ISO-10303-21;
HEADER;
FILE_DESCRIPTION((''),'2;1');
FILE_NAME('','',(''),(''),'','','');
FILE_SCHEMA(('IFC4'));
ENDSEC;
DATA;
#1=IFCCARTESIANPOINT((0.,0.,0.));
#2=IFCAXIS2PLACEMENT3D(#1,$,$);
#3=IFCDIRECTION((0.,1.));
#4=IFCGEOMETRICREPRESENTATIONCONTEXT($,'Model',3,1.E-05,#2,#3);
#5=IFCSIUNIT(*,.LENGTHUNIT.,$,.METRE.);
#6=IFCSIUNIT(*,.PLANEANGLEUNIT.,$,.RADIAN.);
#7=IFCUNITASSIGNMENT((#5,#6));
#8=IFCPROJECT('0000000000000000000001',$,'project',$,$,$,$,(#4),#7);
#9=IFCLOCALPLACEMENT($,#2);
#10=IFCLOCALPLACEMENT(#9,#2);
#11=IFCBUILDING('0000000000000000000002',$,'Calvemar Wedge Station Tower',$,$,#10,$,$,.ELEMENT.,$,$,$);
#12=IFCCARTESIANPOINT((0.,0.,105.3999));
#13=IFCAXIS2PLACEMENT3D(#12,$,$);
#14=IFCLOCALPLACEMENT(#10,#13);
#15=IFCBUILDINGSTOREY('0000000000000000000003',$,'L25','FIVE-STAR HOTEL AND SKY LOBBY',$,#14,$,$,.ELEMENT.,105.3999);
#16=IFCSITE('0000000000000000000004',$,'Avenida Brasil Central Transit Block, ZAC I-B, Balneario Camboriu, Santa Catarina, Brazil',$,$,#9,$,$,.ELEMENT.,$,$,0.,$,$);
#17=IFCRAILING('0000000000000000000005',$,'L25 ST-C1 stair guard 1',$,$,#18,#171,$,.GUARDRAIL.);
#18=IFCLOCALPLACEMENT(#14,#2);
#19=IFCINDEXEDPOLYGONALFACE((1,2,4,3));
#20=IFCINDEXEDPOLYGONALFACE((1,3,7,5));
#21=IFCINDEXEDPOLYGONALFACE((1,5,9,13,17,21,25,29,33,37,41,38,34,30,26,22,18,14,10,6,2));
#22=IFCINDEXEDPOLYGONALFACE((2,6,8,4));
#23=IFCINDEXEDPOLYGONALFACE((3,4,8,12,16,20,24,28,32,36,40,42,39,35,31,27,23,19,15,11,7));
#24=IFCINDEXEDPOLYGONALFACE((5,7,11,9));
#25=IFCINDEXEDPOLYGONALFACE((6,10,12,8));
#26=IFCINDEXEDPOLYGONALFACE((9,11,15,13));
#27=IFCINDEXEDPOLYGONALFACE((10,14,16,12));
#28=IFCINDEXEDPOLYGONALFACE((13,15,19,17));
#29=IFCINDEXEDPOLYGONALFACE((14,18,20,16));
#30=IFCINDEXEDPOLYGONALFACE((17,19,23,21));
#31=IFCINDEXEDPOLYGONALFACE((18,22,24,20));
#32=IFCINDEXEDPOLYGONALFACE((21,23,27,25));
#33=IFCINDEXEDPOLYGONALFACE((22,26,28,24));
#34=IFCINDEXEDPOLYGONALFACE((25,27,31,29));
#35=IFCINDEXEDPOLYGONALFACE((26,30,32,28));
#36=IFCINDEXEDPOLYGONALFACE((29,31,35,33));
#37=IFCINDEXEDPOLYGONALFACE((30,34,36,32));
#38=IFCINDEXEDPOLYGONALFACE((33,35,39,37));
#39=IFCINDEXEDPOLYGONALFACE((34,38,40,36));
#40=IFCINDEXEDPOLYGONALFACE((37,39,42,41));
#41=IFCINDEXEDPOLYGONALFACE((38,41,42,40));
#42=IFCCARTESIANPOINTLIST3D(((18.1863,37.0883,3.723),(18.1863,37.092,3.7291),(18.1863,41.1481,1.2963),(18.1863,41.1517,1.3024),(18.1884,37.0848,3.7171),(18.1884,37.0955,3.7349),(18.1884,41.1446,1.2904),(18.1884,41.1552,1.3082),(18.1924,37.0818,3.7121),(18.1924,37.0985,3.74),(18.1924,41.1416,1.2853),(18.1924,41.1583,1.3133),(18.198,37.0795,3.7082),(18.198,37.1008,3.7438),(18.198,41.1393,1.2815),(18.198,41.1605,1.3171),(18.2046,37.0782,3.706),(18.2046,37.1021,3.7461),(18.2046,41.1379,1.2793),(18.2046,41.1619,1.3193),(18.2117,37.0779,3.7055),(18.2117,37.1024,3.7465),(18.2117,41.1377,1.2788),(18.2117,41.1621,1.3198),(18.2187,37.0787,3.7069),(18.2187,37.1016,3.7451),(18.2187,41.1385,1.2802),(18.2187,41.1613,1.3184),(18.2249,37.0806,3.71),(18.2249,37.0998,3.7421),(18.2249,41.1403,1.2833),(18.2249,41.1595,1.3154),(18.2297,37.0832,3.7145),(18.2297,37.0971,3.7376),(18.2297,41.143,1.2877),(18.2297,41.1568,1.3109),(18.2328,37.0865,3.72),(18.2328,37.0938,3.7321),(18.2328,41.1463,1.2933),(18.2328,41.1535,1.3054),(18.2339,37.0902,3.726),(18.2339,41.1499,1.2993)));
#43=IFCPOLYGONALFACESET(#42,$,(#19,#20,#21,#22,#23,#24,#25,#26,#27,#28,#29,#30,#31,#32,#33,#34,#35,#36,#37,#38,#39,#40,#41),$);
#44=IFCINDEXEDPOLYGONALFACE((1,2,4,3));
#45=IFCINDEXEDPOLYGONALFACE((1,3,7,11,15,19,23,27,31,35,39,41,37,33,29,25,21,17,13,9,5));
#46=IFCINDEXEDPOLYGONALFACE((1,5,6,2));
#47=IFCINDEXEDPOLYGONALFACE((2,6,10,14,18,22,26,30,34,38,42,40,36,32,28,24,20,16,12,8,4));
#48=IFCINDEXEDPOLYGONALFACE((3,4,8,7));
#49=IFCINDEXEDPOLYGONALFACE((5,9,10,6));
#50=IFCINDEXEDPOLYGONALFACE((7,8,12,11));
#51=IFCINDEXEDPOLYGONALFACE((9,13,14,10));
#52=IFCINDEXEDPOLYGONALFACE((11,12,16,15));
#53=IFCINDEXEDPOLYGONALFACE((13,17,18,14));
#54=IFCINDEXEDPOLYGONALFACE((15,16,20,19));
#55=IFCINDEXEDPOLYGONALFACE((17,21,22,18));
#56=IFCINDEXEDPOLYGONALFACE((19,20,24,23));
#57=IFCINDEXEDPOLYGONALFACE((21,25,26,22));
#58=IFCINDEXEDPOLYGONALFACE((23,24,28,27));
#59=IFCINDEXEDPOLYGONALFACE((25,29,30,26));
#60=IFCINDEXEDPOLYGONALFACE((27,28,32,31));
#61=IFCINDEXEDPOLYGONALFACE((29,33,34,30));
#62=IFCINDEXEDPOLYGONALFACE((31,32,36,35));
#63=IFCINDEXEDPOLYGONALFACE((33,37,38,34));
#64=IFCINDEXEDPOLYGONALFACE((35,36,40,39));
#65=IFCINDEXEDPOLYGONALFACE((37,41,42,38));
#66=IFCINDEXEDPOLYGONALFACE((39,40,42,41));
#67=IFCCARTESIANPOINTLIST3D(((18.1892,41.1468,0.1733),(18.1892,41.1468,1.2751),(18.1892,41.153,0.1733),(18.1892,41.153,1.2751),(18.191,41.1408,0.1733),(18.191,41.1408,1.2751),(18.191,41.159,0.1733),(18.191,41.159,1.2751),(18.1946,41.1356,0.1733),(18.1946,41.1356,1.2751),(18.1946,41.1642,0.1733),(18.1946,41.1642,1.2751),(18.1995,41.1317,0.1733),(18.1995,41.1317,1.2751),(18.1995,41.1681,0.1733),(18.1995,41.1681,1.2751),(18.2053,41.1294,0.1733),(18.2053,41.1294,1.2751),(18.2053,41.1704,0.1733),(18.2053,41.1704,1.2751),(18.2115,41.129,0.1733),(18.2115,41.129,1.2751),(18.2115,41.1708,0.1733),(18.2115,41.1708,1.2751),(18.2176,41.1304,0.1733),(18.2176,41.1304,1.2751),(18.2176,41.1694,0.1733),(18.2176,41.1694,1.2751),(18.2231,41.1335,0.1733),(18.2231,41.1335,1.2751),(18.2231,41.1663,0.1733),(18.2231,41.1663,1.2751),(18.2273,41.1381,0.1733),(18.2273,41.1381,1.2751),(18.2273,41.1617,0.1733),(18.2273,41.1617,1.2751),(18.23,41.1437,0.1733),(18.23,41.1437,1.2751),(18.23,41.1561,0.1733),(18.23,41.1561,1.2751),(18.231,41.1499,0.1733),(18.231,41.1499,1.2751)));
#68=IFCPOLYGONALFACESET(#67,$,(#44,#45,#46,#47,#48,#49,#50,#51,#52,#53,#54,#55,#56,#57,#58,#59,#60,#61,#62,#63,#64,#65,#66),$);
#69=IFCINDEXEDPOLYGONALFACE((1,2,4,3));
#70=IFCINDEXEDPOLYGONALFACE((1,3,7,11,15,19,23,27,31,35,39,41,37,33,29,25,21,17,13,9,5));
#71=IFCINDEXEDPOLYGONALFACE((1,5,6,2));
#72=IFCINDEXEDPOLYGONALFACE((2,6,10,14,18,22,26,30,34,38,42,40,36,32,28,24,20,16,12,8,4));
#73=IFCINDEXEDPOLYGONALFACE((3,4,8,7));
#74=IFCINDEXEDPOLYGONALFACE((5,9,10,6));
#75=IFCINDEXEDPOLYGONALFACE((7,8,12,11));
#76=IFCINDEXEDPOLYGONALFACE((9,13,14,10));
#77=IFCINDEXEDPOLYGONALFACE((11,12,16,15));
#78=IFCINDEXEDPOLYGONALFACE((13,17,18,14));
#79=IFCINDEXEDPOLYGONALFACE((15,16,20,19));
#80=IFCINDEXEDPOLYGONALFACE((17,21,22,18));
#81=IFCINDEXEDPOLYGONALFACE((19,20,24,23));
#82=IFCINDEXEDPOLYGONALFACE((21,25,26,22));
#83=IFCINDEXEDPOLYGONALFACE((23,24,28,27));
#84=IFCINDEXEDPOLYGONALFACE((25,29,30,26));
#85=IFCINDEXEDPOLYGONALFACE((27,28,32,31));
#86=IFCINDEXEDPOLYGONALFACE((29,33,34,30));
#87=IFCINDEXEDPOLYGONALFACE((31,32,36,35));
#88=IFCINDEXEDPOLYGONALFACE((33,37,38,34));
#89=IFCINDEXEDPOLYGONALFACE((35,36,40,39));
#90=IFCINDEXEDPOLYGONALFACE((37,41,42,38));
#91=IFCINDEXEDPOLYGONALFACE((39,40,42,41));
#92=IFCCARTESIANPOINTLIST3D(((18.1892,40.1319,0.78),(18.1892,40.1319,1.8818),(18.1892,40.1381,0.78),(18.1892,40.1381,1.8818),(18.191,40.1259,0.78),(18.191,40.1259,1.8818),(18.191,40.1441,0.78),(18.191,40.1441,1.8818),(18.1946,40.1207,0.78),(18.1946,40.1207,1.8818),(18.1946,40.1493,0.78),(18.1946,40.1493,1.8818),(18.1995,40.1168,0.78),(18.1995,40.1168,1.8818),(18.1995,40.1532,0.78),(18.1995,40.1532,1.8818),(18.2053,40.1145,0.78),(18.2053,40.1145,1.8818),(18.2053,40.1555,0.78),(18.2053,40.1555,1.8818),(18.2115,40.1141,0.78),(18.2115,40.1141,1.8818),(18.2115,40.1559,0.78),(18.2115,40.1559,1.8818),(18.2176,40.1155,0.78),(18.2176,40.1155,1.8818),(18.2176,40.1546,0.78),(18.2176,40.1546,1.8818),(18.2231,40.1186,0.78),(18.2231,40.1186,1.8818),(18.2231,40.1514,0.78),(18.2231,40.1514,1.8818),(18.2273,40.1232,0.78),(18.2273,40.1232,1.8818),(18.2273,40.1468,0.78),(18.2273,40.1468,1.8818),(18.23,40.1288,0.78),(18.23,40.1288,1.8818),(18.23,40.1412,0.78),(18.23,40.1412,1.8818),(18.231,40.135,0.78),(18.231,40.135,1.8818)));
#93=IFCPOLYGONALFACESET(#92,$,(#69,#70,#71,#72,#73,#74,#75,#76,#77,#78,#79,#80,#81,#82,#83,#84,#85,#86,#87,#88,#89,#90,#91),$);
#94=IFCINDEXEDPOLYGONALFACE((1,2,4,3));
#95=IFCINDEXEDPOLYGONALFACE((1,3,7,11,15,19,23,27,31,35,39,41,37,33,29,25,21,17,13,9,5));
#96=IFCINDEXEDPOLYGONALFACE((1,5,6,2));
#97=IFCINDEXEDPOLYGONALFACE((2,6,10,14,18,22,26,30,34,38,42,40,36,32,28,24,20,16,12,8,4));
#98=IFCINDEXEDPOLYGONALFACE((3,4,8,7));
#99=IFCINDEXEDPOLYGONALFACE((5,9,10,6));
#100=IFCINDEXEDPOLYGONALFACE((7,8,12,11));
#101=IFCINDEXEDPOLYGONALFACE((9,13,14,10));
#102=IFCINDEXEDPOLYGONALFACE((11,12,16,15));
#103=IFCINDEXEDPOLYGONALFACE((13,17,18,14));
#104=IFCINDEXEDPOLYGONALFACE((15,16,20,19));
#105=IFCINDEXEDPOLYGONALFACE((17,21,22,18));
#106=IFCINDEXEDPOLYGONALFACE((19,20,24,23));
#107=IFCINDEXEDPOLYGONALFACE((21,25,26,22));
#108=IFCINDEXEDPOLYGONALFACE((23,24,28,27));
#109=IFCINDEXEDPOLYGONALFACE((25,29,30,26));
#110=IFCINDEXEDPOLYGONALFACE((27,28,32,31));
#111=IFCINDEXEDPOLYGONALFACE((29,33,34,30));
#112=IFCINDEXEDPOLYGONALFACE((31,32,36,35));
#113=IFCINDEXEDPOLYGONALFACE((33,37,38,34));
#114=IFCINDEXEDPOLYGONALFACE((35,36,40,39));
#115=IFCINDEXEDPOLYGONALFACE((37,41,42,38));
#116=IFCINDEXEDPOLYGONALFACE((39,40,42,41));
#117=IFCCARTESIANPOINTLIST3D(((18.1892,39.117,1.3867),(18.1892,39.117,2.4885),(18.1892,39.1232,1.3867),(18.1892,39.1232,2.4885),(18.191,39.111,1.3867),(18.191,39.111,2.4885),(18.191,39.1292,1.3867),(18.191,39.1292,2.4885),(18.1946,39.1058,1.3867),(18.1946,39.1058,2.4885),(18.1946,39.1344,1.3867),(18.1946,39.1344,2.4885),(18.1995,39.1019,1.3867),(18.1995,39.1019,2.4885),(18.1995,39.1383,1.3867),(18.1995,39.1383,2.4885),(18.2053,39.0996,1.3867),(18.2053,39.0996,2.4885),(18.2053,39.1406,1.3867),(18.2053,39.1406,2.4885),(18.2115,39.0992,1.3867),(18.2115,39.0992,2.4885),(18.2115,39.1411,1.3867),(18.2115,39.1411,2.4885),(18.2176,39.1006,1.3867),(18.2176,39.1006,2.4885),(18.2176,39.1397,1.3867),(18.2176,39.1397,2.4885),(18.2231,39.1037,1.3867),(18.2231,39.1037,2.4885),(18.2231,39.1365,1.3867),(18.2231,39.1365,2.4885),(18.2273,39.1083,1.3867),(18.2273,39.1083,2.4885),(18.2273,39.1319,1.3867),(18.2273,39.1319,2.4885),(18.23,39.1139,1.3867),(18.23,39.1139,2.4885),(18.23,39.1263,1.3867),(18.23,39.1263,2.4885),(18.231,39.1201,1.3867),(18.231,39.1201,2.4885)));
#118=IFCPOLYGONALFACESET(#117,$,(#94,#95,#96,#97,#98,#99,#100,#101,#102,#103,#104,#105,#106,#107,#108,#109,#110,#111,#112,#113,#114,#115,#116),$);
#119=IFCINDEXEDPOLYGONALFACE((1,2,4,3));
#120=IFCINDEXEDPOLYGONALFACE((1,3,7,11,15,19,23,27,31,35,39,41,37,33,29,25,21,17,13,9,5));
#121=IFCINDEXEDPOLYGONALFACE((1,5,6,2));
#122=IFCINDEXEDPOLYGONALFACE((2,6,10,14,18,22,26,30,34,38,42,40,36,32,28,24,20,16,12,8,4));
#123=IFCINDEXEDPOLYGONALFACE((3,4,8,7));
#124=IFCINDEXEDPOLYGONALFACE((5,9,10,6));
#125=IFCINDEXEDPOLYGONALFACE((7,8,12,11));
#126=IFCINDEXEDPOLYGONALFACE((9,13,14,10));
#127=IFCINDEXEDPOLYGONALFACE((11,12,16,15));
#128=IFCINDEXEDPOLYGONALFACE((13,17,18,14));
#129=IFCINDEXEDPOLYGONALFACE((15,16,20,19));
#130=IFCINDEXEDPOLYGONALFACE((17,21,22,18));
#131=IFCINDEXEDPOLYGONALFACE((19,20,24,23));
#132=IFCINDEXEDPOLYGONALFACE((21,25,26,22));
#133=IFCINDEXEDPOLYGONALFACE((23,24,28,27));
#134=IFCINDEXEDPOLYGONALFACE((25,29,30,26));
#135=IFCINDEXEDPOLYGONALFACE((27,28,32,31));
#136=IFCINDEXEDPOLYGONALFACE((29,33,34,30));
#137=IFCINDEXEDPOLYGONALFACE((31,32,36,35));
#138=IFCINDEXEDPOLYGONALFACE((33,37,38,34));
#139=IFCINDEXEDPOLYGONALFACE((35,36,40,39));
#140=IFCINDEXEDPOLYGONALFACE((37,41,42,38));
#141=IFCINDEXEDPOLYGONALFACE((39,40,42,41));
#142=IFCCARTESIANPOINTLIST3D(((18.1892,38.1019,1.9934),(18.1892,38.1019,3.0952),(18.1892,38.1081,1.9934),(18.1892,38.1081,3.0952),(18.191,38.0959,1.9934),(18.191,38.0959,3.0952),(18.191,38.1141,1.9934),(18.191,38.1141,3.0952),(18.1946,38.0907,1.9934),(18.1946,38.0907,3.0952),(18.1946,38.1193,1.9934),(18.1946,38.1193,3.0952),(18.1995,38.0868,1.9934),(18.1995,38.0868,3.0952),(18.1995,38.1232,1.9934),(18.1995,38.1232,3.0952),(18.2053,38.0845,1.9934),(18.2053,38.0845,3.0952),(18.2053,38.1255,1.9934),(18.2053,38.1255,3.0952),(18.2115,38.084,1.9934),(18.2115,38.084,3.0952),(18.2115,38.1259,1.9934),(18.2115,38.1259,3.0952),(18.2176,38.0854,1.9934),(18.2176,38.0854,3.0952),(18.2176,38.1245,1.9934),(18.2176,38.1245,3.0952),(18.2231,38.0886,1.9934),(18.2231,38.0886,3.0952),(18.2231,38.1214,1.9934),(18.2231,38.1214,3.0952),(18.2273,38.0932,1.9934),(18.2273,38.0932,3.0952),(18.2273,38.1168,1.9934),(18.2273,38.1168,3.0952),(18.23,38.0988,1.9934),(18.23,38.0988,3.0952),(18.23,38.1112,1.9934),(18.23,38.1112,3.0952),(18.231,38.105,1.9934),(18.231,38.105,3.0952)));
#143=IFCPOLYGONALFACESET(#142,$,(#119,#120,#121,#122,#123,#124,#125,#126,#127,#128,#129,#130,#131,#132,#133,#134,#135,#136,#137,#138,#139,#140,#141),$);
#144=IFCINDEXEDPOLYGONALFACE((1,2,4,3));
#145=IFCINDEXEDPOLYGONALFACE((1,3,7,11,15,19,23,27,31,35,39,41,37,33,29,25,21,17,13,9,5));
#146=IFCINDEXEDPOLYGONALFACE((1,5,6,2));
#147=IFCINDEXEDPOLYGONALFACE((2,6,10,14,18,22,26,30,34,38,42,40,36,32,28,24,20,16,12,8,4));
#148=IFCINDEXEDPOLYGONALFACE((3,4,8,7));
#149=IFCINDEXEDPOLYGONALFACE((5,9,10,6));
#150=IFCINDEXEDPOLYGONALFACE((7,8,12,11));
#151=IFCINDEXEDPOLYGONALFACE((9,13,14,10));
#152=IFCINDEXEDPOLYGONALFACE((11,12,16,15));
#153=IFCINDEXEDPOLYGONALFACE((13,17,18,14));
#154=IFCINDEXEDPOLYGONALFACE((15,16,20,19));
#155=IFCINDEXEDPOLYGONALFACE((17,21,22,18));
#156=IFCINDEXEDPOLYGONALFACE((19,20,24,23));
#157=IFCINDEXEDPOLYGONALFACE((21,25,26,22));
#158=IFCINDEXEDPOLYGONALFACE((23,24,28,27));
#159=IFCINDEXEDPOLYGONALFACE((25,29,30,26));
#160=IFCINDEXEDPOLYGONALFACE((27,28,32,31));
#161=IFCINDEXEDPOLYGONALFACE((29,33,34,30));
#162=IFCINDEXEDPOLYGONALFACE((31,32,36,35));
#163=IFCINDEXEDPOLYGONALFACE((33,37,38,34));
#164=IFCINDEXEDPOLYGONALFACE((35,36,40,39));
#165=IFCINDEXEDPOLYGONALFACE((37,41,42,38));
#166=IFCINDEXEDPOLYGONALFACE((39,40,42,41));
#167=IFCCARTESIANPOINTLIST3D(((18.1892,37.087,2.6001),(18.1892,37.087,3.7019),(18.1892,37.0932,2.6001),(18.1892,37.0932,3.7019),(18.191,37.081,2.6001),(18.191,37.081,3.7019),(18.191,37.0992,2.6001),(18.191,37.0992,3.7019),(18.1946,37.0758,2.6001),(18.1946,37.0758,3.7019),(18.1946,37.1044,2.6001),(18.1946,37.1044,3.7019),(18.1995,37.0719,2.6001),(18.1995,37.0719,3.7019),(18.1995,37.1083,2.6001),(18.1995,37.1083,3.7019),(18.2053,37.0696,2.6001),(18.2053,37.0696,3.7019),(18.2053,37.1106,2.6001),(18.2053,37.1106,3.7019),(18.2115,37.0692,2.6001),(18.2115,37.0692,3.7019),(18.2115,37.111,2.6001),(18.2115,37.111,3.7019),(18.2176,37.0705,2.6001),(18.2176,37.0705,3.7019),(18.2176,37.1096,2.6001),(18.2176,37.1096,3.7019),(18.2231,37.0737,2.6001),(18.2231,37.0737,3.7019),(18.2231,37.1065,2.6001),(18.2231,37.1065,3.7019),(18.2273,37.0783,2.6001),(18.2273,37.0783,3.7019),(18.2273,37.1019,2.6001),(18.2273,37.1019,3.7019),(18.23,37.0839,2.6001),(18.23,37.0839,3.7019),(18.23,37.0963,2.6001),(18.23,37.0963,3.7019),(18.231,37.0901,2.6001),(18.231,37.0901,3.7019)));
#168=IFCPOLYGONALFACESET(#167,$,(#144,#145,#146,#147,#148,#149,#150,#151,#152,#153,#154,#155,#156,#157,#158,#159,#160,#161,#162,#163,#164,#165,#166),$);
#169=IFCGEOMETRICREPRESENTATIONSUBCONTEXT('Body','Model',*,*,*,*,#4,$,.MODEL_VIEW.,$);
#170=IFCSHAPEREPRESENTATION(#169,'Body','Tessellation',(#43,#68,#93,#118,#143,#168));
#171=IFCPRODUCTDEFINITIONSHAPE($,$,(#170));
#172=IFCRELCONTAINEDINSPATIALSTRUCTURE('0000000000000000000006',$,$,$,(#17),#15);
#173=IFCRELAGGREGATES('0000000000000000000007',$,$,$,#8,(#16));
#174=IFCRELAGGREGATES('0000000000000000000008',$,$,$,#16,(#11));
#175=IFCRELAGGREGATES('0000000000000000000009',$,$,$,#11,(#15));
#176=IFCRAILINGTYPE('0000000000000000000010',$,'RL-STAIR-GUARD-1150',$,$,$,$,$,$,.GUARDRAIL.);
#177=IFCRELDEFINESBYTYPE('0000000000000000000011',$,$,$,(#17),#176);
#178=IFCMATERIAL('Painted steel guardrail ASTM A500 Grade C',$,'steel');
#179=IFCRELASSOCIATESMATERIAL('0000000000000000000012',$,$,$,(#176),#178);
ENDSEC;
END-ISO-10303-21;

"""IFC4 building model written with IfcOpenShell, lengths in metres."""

from ifc_helpers import new_model, si_unit, direction, frame, origin, origin_2d, place, context, subcontext, project, spatial, circle, extrude, material, type_object, element, save


model = new_model("IFC4")

# Units and contexts
model_context = context("Model", 3, precision=1e-05, world=origin(), true_north=direction((0.0, 1.0)))
body_context = subcontext(model_context, "Body", "Model", "MODEL_VIEW")
ifc_project = project(units=[si_unit("LENGTHUNIT", "METRE"), si_unit("PLANEANGLEUNIT", "RADIAN")], contexts=[model_context])

# Site, building, storey
site_placement = place(None, origin())
site = spatial("IfcSite", under=ifc_project, at=site_placement, Name="Avenida Brasil Central Transit Block, ZAC I-B, Balneario Camboriu, Santa Catarina, Brazil", CompositionType="ELEMENT", RefElevation=0.0)
building_placement = place(site_placement, origin())
building = spatial("IfcBuilding", under=site, at=building_placement, Name="Calvemar Wedge Station Tower", CompositionType="ELEMENT")
storey_placement = place(building_placement, frame((0.0, 0.0, 105.3999)))
storey = spatial("IfcBuildingStorey", under=building, at=storey_placement, Name="L25", Description="FIVE-STAR HOTEL AND SKY LOBBY", CompositionType="ELEMENT", Elevation=105.3999)

# Railing
ifc_material_1 = material(Name="Painted steel guardrail ASTM A500 Grade C", Category="steel")
railing_type_1 = type_object("IfcRailingType", Name="RL-STAIR-GUARD-1150", PredefinedType="GUARDRAIL", material=ifc_material_1)
railing_1_placement = place(storey_placement, frame((18.21, 41.1499, 0.1733)))
element("IfcRailing", 1, at=railing_1_placement, inside=storey, type_object=railing_type_1, Name="L25 ST-C1 stair guard 1", PredefinedType="GUARDRAIL", context=body_context, shape_type="SweptSolid", body=[
    extrude(circle(Radius=0.0239, at=origin_2d()), frame((0.0, 0.0, 1.126), z_axis=(0.0, -0.858343, 0.513076), x_axis=(1.0, 0.0, 0.0)), (0.0, 0.0, 1.0), 4.7297),
    extrude(circle(Radius=0.021, at=origin_2d()), origin(), (0.0, 0.0, 1.0), 1.1018),
    extrude(circle(Radius=0.021, at=origin_2d()), frame((0.0, -1.0149, 0.6067)), (0.0, 0.0, 1.0), 1.1018),
    extrude(circle(Radius=0.021, at=origin_2d()), frame((0.0, -2.0298, 1.2134)), (0.0, 0.0, 1.0), 1.1018),
    extrude(circle(Radius=0.021, at=origin_2d()), frame((0.0, -3.0449, 1.8201)), (0.0, 0.0, 1.0), 1.1018),
    extrude(circle(Radius=0.021, at=origin_2d()), frame((0.0, -4.0598, 2.4268)), (0.0, 0.0, 1.0), 1.1018),
])

save(model, "model.ifc")
